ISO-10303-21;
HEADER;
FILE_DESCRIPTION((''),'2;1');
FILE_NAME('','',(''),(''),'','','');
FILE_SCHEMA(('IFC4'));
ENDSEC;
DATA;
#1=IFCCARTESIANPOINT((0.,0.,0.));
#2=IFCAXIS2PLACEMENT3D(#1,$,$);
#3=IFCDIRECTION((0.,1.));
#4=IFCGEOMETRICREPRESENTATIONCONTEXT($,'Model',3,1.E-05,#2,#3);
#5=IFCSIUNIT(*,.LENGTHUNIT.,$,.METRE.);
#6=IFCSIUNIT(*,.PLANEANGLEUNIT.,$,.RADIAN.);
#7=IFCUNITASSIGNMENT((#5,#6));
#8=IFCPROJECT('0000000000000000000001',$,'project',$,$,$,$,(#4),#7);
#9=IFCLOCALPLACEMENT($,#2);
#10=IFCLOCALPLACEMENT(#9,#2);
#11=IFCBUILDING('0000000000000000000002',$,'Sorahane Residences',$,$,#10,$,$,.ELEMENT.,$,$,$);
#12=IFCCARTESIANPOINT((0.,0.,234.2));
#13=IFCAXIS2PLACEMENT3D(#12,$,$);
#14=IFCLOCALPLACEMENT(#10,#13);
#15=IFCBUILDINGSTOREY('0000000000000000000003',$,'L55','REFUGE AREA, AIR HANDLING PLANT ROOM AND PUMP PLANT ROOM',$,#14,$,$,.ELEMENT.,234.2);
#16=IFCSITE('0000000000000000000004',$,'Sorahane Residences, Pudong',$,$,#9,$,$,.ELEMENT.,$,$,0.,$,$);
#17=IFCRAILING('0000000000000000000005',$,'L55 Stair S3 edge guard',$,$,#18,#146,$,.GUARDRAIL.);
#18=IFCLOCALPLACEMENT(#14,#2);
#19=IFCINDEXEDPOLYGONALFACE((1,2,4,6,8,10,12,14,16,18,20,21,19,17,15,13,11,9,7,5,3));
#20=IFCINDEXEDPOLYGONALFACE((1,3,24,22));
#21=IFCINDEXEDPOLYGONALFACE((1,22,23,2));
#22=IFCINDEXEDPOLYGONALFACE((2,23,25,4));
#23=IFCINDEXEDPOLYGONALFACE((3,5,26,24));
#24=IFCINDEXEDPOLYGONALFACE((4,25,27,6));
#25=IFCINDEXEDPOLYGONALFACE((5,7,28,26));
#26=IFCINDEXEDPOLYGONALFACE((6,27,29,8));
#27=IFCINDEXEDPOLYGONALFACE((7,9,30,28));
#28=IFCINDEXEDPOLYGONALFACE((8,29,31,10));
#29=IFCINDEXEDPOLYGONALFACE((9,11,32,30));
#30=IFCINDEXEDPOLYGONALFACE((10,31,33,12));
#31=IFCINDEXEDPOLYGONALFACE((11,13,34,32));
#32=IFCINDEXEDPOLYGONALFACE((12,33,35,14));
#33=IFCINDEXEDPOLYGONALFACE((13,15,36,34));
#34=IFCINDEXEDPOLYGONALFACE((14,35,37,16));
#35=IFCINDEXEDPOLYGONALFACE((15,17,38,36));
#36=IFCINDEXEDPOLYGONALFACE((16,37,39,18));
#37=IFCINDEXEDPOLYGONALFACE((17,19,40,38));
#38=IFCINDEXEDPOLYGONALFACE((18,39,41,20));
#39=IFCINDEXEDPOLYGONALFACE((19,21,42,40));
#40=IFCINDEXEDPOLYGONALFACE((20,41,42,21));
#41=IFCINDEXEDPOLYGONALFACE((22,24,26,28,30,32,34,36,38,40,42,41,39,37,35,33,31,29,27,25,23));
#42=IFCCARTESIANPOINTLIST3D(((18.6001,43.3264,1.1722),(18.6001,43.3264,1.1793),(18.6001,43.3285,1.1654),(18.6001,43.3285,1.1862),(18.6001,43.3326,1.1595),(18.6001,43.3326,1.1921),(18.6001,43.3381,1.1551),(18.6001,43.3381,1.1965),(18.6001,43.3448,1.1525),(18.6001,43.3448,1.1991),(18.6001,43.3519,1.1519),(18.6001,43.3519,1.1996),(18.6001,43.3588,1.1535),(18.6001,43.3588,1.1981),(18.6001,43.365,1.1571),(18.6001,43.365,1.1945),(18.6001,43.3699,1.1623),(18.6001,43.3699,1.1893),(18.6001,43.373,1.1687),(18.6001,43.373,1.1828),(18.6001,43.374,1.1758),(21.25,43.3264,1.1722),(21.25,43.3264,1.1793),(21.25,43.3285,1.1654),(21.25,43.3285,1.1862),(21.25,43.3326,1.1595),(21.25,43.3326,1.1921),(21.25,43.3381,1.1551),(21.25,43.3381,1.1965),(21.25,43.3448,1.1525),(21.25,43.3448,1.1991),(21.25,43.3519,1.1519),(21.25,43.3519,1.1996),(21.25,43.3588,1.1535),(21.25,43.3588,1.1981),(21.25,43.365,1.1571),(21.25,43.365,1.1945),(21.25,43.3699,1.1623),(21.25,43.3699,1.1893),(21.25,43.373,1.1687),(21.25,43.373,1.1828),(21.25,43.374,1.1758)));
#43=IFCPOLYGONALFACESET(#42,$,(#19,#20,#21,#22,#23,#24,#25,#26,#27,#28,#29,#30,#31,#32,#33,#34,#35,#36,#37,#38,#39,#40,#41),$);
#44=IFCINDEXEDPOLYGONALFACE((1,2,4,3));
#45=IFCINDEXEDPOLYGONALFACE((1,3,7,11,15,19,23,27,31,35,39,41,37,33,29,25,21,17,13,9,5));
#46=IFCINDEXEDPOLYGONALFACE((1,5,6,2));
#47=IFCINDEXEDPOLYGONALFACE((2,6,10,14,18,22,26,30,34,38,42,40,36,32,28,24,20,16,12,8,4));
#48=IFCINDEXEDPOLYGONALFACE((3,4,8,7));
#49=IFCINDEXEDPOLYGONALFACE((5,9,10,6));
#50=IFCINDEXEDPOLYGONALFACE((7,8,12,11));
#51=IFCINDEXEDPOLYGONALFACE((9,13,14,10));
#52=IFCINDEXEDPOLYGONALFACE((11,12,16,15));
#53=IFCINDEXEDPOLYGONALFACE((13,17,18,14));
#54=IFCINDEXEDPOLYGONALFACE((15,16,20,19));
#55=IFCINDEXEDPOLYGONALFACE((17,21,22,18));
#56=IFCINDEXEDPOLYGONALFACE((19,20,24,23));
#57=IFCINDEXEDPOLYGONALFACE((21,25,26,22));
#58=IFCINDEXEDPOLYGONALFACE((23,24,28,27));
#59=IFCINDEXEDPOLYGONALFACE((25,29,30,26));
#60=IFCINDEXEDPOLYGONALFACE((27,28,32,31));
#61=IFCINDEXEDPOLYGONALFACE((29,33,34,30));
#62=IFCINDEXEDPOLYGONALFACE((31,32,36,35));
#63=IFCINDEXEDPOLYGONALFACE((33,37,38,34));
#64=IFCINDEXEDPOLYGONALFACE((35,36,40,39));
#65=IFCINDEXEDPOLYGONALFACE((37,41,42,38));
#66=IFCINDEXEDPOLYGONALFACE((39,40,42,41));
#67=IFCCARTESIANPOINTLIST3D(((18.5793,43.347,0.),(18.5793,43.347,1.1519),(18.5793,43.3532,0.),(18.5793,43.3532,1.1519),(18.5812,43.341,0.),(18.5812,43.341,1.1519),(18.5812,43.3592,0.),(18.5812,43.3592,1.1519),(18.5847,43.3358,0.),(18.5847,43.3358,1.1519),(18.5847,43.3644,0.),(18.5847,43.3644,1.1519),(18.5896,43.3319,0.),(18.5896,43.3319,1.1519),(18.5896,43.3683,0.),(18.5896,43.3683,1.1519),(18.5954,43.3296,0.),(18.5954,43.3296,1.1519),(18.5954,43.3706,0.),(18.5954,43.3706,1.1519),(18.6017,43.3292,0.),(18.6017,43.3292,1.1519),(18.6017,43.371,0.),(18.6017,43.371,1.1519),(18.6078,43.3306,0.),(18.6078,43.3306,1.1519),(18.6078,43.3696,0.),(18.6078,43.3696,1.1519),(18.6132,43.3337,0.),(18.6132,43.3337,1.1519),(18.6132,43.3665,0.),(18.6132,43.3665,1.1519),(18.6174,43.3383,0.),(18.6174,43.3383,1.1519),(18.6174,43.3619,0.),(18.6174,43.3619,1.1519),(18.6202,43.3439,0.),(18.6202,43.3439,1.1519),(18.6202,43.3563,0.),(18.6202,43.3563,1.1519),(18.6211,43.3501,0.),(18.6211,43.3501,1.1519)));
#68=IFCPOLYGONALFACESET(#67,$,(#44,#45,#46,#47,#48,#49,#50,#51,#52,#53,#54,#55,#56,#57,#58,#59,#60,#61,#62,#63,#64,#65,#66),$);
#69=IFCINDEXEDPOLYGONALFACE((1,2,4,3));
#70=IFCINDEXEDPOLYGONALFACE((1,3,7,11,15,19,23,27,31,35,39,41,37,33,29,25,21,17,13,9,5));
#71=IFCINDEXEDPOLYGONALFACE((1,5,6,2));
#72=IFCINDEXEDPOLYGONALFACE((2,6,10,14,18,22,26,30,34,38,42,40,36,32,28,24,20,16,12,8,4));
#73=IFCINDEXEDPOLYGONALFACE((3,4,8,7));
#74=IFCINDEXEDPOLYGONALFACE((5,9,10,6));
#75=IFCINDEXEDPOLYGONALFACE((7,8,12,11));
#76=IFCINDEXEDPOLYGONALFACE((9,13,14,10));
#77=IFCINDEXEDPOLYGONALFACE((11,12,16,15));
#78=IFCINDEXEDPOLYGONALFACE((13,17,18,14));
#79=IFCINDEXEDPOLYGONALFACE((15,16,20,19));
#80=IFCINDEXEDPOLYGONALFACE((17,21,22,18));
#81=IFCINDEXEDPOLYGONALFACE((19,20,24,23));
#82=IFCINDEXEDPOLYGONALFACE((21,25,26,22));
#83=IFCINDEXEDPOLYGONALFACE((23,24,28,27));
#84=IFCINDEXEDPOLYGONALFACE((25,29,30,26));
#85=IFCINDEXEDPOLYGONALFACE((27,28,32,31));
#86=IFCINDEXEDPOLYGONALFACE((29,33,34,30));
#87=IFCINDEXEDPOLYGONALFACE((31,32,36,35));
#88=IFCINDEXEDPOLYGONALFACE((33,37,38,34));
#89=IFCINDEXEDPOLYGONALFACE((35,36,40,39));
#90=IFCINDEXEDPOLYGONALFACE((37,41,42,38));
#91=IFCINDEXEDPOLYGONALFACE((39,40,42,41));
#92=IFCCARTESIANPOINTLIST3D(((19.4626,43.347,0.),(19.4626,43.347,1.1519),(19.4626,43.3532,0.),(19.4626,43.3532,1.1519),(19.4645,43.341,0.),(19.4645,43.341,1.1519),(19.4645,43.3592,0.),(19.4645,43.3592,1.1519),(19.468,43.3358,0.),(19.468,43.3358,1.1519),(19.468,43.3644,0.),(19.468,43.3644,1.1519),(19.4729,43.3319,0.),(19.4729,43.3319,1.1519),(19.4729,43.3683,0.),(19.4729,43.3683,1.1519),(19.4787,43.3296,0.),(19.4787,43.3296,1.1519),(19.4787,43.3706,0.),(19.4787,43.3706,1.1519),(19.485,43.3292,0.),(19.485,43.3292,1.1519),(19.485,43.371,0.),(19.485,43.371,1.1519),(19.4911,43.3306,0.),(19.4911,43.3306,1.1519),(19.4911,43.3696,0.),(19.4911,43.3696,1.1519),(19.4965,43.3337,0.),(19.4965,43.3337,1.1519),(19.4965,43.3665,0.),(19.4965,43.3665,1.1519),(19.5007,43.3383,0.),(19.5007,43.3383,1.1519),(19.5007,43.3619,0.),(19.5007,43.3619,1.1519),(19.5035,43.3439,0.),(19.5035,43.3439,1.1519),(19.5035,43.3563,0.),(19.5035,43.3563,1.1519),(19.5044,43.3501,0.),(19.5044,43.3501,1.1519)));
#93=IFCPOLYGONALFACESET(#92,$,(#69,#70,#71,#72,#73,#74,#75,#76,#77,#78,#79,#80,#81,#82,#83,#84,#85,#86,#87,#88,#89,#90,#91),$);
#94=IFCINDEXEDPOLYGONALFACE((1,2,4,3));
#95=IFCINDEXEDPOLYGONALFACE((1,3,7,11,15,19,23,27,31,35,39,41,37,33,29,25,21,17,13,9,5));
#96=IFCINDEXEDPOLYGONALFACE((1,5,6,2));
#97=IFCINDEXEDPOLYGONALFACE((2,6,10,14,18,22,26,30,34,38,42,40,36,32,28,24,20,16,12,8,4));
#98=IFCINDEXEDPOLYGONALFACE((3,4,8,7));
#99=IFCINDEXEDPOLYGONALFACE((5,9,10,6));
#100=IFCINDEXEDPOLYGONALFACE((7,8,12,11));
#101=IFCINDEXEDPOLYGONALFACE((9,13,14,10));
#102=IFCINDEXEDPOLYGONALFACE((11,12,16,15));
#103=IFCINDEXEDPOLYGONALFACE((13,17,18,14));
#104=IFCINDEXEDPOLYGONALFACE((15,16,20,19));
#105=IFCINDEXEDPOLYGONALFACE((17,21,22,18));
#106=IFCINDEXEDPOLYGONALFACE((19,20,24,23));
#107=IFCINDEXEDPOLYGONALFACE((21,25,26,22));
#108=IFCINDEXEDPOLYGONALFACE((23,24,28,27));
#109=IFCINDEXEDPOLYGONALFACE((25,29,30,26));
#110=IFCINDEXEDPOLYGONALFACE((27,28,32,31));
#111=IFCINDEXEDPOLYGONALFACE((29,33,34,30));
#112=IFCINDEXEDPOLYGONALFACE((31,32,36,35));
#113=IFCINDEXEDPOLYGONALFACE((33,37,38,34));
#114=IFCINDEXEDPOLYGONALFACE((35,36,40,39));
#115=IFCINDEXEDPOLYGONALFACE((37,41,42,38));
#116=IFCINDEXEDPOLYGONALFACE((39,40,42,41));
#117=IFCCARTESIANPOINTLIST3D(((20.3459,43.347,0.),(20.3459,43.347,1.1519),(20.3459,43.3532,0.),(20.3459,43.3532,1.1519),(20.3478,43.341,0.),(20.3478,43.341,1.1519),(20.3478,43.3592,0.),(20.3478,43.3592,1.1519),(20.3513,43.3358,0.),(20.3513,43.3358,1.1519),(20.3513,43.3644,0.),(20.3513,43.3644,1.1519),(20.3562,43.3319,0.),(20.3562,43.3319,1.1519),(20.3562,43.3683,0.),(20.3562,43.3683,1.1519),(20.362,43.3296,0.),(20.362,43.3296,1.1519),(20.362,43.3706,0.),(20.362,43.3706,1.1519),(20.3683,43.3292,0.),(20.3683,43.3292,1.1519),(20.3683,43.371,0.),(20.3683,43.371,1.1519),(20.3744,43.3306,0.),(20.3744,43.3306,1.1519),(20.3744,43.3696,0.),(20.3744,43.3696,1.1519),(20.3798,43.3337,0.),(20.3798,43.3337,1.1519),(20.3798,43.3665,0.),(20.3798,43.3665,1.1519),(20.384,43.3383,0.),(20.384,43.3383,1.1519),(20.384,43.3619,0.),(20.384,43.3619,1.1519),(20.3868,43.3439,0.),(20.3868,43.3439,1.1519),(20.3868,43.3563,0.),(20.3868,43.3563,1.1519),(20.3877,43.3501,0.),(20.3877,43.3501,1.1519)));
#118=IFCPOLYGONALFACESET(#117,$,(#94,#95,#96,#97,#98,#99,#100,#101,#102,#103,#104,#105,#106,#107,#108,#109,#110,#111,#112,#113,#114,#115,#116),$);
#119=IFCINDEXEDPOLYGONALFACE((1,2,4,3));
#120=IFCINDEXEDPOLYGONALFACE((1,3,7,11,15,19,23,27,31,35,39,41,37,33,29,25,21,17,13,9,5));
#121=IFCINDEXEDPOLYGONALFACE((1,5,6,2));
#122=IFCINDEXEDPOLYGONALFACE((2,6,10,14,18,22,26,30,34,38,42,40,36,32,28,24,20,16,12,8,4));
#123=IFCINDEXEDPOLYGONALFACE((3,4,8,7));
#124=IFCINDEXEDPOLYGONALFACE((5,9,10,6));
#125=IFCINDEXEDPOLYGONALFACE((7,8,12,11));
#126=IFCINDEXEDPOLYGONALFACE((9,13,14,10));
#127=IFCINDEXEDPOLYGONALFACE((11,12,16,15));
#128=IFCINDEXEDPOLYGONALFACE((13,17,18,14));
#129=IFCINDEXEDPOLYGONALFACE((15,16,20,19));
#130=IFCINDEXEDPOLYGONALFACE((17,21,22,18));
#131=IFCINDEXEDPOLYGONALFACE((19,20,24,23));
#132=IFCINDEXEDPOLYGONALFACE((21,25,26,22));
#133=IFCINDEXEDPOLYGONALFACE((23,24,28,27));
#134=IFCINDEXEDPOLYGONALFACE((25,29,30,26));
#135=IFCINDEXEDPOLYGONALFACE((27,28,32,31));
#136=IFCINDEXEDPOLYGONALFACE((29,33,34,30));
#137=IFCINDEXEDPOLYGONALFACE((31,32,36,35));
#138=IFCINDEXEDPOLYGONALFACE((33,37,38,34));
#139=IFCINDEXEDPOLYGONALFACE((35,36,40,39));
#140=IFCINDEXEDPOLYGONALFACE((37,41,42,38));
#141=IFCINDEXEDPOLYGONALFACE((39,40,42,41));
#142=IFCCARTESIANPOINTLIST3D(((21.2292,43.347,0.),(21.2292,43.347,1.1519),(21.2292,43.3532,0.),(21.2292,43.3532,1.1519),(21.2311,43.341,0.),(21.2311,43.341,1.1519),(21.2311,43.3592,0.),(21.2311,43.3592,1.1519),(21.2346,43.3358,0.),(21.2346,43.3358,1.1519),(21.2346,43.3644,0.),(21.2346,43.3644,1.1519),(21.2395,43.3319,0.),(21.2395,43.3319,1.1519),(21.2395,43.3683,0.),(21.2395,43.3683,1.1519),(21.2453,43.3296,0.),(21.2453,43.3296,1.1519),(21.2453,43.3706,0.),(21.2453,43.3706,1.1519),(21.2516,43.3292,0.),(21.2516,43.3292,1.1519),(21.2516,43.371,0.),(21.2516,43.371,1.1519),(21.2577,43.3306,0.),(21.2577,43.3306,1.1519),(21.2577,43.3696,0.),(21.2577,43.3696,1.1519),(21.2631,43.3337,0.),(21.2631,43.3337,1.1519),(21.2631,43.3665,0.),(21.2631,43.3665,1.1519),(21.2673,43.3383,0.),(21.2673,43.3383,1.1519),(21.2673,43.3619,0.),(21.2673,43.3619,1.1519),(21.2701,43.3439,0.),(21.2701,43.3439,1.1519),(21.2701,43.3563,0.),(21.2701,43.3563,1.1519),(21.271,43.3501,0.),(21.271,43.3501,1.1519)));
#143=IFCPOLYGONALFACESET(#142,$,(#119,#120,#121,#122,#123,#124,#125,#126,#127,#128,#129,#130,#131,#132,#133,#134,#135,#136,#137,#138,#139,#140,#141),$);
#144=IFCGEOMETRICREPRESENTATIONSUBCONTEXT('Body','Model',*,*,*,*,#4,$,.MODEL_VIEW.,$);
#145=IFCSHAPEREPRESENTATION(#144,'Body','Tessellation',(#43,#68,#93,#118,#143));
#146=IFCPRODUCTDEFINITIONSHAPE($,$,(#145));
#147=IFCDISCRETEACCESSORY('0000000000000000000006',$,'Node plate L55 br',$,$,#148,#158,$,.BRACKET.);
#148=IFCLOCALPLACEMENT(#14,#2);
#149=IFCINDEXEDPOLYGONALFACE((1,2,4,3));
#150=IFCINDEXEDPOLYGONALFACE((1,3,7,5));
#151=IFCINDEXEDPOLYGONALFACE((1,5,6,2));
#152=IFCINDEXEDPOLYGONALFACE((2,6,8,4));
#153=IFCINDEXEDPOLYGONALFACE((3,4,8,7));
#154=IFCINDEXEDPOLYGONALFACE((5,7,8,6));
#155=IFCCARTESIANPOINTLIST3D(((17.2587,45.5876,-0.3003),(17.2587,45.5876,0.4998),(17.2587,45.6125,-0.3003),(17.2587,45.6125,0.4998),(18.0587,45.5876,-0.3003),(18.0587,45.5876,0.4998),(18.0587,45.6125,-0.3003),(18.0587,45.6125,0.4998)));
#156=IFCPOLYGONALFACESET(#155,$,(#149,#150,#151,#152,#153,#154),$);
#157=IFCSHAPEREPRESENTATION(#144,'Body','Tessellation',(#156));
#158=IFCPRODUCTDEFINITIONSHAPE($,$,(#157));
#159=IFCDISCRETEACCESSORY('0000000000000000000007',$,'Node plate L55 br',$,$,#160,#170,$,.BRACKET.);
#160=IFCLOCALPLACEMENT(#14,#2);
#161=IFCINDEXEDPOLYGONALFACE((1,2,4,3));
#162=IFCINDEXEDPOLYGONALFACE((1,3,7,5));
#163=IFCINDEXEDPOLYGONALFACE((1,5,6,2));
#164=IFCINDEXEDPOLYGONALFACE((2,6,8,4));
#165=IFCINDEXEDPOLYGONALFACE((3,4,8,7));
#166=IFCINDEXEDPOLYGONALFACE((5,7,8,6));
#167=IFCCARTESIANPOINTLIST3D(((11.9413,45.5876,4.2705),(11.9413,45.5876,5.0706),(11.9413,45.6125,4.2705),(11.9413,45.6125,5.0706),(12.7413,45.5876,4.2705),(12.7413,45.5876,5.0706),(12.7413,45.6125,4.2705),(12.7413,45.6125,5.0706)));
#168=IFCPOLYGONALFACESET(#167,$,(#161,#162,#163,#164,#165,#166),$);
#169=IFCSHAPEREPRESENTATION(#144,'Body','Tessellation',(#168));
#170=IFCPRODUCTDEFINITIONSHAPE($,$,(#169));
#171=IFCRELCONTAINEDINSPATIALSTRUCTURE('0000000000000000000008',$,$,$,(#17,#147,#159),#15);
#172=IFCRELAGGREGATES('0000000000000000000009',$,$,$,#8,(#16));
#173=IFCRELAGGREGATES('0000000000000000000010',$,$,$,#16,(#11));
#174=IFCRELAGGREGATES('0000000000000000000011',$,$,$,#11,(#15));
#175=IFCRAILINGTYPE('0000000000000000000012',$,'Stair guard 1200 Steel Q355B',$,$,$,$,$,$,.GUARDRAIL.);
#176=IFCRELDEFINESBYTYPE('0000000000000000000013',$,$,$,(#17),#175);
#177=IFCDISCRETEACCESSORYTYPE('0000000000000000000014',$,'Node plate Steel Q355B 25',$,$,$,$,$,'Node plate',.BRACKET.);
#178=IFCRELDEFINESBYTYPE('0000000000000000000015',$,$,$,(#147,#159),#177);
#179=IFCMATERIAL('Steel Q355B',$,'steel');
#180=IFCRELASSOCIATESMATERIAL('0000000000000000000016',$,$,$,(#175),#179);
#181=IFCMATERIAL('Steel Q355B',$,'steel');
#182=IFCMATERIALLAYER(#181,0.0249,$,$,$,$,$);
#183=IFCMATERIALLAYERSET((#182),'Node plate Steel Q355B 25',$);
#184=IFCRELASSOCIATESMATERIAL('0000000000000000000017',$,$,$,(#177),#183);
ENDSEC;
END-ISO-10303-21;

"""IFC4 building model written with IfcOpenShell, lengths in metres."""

from ifc_helpers import new_model, si_unit, direction, frame, origin, origin_2d, place, context, subcontext, project, spatial, rectangle, circle, extrude, material, layer, layer_set, type_object, element, save


model = new_model("IFC4")

# Units and contexts
model_context = context("Model", 3, precision=1e-05, world=origin(), true_north=direction((0.0, 1.0)))
body_context = subcontext(model_context, "Body", "Model", "MODEL_VIEW")
ifc_project = project(units=[si_unit("LENGTHUNIT", "METRE"), si_unit("PLANEANGLEUNIT", "RADIAN")], contexts=[model_context])

# Site, building, storey
site_placement = place(None, origin())
site = spatial("IfcSite", under=ifc_project, at=site_placement, Name="Sorahane Residences, Pudong", CompositionType="ELEMENT", RefElevation=0.0)
building_placement = place(site_placement, origin())
building = spatial("IfcBuilding", under=site, at=building_placement, Name="Sorahane Residences", CompositionType="ELEMENT")
storey_placement = place(building_placement, frame((0.0, 0.0, 234.2)))
storey = spatial("IfcBuildingStorey", under=building, at=storey_placement, Name="L55", Description="REFUGE AREA, AIR HANDLING PLANT ROOM AND PUMP PLANT ROOM", CompositionType="ELEMENT", Elevation=234.2)

# Railing
ifc_material_1 = material(Name="Steel Q355B", Category="steel")
railing_type = type_object("IfcRailingType", Name="Stair guard 1200 Steel Q355B", PredefinedType="GUARDRAIL", material=ifc_material_1)
railing_1_placement = place(storey_placement, frame((18.6001, 43.3501, 0.0)))
element("IfcRailing", 1, at=railing_1_placement, inside=storey, type_object=railing_type, Name="L55 Stair S3 edge guard", PredefinedType="GUARDRAIL", context=body_context, shape_type="SweptSolid", body=[
    extrude(circle(Radius=0.0239, at=origin_2d()), frame((0.0, 0.0, 1.1758), z_axis=(1.0, 0.0, 0.0), x_axis=(0.0, 1.0, 0.0)), (0.0, 0.0, 1.0), 2.6499),
    extrude(circle(Radius=0.021, at=origin_2d()), origin(), (0.0, 0.0, 1.0), 1.1519),
    extrude(circle(Radius=0.021, at=origin_2d()), frame((0.8833, 0.0, 0.0)), (0.0, 0.0, 1.0), 1.1519),
    extrude(circle(Radius=0.021, at=origin_2d()), frame((1.7666, 0.0, 0.0)), (0.0, 0.0, 1.0), 1.1519),
    extrude(circle(Radius=0.021, at=origin_2d()), frame((2.6499, 0.0, 0.0)), (0.0, 0.0, 1.0), 1.1519),
])

# Discrete accessories
ifc_material_2 = material(Name="Steel Q355B", Category="steel")
ifc_layer_1 = layer(ifc_material_2, 0.0249)
ifc_layer_set_1 = layer_set([ifc_layer_1], Name="Node plate Steel Q355B 25")
discrete_accessory_type = type_object("IfcDiscreteAccessoryType", Name="Node plate Steel Q355B 25", ElementType="Node plate", PredefinedType="BRACKET", material=ifc_layer_set_1)
for number, where, z_axis, x_axis, name in (
    (2, (17.6587, 45.6001, -0.3003), (0.0, 0.0, 1.0), (1.0, 0.0, 0.0), "Node plate L55 br"),
    (3, (12.3413, 45.6001, 4.2705), (0.0, 0.0, 1.0), (1.0, 0.0, 0.0), "Node plate L55 br"),
):
    element("IfcDiscreteAccessory", number, at=place(storey_placement, frame(where, z_axis=z_axis, x_axis=x_axis)), inside=storey, type_object=discrete_accessory_type, Name=name, PredefinedType="BRACKET", context=body_context, shape_type="SweptSolid", body=[
        extrude(rectangle(XDim=0.8, YDim=0.0249, at=origin_2d()), origin(), (0.0, 0.0, 1.0), 0.8),
    ])

save(model, "model.ifc")
